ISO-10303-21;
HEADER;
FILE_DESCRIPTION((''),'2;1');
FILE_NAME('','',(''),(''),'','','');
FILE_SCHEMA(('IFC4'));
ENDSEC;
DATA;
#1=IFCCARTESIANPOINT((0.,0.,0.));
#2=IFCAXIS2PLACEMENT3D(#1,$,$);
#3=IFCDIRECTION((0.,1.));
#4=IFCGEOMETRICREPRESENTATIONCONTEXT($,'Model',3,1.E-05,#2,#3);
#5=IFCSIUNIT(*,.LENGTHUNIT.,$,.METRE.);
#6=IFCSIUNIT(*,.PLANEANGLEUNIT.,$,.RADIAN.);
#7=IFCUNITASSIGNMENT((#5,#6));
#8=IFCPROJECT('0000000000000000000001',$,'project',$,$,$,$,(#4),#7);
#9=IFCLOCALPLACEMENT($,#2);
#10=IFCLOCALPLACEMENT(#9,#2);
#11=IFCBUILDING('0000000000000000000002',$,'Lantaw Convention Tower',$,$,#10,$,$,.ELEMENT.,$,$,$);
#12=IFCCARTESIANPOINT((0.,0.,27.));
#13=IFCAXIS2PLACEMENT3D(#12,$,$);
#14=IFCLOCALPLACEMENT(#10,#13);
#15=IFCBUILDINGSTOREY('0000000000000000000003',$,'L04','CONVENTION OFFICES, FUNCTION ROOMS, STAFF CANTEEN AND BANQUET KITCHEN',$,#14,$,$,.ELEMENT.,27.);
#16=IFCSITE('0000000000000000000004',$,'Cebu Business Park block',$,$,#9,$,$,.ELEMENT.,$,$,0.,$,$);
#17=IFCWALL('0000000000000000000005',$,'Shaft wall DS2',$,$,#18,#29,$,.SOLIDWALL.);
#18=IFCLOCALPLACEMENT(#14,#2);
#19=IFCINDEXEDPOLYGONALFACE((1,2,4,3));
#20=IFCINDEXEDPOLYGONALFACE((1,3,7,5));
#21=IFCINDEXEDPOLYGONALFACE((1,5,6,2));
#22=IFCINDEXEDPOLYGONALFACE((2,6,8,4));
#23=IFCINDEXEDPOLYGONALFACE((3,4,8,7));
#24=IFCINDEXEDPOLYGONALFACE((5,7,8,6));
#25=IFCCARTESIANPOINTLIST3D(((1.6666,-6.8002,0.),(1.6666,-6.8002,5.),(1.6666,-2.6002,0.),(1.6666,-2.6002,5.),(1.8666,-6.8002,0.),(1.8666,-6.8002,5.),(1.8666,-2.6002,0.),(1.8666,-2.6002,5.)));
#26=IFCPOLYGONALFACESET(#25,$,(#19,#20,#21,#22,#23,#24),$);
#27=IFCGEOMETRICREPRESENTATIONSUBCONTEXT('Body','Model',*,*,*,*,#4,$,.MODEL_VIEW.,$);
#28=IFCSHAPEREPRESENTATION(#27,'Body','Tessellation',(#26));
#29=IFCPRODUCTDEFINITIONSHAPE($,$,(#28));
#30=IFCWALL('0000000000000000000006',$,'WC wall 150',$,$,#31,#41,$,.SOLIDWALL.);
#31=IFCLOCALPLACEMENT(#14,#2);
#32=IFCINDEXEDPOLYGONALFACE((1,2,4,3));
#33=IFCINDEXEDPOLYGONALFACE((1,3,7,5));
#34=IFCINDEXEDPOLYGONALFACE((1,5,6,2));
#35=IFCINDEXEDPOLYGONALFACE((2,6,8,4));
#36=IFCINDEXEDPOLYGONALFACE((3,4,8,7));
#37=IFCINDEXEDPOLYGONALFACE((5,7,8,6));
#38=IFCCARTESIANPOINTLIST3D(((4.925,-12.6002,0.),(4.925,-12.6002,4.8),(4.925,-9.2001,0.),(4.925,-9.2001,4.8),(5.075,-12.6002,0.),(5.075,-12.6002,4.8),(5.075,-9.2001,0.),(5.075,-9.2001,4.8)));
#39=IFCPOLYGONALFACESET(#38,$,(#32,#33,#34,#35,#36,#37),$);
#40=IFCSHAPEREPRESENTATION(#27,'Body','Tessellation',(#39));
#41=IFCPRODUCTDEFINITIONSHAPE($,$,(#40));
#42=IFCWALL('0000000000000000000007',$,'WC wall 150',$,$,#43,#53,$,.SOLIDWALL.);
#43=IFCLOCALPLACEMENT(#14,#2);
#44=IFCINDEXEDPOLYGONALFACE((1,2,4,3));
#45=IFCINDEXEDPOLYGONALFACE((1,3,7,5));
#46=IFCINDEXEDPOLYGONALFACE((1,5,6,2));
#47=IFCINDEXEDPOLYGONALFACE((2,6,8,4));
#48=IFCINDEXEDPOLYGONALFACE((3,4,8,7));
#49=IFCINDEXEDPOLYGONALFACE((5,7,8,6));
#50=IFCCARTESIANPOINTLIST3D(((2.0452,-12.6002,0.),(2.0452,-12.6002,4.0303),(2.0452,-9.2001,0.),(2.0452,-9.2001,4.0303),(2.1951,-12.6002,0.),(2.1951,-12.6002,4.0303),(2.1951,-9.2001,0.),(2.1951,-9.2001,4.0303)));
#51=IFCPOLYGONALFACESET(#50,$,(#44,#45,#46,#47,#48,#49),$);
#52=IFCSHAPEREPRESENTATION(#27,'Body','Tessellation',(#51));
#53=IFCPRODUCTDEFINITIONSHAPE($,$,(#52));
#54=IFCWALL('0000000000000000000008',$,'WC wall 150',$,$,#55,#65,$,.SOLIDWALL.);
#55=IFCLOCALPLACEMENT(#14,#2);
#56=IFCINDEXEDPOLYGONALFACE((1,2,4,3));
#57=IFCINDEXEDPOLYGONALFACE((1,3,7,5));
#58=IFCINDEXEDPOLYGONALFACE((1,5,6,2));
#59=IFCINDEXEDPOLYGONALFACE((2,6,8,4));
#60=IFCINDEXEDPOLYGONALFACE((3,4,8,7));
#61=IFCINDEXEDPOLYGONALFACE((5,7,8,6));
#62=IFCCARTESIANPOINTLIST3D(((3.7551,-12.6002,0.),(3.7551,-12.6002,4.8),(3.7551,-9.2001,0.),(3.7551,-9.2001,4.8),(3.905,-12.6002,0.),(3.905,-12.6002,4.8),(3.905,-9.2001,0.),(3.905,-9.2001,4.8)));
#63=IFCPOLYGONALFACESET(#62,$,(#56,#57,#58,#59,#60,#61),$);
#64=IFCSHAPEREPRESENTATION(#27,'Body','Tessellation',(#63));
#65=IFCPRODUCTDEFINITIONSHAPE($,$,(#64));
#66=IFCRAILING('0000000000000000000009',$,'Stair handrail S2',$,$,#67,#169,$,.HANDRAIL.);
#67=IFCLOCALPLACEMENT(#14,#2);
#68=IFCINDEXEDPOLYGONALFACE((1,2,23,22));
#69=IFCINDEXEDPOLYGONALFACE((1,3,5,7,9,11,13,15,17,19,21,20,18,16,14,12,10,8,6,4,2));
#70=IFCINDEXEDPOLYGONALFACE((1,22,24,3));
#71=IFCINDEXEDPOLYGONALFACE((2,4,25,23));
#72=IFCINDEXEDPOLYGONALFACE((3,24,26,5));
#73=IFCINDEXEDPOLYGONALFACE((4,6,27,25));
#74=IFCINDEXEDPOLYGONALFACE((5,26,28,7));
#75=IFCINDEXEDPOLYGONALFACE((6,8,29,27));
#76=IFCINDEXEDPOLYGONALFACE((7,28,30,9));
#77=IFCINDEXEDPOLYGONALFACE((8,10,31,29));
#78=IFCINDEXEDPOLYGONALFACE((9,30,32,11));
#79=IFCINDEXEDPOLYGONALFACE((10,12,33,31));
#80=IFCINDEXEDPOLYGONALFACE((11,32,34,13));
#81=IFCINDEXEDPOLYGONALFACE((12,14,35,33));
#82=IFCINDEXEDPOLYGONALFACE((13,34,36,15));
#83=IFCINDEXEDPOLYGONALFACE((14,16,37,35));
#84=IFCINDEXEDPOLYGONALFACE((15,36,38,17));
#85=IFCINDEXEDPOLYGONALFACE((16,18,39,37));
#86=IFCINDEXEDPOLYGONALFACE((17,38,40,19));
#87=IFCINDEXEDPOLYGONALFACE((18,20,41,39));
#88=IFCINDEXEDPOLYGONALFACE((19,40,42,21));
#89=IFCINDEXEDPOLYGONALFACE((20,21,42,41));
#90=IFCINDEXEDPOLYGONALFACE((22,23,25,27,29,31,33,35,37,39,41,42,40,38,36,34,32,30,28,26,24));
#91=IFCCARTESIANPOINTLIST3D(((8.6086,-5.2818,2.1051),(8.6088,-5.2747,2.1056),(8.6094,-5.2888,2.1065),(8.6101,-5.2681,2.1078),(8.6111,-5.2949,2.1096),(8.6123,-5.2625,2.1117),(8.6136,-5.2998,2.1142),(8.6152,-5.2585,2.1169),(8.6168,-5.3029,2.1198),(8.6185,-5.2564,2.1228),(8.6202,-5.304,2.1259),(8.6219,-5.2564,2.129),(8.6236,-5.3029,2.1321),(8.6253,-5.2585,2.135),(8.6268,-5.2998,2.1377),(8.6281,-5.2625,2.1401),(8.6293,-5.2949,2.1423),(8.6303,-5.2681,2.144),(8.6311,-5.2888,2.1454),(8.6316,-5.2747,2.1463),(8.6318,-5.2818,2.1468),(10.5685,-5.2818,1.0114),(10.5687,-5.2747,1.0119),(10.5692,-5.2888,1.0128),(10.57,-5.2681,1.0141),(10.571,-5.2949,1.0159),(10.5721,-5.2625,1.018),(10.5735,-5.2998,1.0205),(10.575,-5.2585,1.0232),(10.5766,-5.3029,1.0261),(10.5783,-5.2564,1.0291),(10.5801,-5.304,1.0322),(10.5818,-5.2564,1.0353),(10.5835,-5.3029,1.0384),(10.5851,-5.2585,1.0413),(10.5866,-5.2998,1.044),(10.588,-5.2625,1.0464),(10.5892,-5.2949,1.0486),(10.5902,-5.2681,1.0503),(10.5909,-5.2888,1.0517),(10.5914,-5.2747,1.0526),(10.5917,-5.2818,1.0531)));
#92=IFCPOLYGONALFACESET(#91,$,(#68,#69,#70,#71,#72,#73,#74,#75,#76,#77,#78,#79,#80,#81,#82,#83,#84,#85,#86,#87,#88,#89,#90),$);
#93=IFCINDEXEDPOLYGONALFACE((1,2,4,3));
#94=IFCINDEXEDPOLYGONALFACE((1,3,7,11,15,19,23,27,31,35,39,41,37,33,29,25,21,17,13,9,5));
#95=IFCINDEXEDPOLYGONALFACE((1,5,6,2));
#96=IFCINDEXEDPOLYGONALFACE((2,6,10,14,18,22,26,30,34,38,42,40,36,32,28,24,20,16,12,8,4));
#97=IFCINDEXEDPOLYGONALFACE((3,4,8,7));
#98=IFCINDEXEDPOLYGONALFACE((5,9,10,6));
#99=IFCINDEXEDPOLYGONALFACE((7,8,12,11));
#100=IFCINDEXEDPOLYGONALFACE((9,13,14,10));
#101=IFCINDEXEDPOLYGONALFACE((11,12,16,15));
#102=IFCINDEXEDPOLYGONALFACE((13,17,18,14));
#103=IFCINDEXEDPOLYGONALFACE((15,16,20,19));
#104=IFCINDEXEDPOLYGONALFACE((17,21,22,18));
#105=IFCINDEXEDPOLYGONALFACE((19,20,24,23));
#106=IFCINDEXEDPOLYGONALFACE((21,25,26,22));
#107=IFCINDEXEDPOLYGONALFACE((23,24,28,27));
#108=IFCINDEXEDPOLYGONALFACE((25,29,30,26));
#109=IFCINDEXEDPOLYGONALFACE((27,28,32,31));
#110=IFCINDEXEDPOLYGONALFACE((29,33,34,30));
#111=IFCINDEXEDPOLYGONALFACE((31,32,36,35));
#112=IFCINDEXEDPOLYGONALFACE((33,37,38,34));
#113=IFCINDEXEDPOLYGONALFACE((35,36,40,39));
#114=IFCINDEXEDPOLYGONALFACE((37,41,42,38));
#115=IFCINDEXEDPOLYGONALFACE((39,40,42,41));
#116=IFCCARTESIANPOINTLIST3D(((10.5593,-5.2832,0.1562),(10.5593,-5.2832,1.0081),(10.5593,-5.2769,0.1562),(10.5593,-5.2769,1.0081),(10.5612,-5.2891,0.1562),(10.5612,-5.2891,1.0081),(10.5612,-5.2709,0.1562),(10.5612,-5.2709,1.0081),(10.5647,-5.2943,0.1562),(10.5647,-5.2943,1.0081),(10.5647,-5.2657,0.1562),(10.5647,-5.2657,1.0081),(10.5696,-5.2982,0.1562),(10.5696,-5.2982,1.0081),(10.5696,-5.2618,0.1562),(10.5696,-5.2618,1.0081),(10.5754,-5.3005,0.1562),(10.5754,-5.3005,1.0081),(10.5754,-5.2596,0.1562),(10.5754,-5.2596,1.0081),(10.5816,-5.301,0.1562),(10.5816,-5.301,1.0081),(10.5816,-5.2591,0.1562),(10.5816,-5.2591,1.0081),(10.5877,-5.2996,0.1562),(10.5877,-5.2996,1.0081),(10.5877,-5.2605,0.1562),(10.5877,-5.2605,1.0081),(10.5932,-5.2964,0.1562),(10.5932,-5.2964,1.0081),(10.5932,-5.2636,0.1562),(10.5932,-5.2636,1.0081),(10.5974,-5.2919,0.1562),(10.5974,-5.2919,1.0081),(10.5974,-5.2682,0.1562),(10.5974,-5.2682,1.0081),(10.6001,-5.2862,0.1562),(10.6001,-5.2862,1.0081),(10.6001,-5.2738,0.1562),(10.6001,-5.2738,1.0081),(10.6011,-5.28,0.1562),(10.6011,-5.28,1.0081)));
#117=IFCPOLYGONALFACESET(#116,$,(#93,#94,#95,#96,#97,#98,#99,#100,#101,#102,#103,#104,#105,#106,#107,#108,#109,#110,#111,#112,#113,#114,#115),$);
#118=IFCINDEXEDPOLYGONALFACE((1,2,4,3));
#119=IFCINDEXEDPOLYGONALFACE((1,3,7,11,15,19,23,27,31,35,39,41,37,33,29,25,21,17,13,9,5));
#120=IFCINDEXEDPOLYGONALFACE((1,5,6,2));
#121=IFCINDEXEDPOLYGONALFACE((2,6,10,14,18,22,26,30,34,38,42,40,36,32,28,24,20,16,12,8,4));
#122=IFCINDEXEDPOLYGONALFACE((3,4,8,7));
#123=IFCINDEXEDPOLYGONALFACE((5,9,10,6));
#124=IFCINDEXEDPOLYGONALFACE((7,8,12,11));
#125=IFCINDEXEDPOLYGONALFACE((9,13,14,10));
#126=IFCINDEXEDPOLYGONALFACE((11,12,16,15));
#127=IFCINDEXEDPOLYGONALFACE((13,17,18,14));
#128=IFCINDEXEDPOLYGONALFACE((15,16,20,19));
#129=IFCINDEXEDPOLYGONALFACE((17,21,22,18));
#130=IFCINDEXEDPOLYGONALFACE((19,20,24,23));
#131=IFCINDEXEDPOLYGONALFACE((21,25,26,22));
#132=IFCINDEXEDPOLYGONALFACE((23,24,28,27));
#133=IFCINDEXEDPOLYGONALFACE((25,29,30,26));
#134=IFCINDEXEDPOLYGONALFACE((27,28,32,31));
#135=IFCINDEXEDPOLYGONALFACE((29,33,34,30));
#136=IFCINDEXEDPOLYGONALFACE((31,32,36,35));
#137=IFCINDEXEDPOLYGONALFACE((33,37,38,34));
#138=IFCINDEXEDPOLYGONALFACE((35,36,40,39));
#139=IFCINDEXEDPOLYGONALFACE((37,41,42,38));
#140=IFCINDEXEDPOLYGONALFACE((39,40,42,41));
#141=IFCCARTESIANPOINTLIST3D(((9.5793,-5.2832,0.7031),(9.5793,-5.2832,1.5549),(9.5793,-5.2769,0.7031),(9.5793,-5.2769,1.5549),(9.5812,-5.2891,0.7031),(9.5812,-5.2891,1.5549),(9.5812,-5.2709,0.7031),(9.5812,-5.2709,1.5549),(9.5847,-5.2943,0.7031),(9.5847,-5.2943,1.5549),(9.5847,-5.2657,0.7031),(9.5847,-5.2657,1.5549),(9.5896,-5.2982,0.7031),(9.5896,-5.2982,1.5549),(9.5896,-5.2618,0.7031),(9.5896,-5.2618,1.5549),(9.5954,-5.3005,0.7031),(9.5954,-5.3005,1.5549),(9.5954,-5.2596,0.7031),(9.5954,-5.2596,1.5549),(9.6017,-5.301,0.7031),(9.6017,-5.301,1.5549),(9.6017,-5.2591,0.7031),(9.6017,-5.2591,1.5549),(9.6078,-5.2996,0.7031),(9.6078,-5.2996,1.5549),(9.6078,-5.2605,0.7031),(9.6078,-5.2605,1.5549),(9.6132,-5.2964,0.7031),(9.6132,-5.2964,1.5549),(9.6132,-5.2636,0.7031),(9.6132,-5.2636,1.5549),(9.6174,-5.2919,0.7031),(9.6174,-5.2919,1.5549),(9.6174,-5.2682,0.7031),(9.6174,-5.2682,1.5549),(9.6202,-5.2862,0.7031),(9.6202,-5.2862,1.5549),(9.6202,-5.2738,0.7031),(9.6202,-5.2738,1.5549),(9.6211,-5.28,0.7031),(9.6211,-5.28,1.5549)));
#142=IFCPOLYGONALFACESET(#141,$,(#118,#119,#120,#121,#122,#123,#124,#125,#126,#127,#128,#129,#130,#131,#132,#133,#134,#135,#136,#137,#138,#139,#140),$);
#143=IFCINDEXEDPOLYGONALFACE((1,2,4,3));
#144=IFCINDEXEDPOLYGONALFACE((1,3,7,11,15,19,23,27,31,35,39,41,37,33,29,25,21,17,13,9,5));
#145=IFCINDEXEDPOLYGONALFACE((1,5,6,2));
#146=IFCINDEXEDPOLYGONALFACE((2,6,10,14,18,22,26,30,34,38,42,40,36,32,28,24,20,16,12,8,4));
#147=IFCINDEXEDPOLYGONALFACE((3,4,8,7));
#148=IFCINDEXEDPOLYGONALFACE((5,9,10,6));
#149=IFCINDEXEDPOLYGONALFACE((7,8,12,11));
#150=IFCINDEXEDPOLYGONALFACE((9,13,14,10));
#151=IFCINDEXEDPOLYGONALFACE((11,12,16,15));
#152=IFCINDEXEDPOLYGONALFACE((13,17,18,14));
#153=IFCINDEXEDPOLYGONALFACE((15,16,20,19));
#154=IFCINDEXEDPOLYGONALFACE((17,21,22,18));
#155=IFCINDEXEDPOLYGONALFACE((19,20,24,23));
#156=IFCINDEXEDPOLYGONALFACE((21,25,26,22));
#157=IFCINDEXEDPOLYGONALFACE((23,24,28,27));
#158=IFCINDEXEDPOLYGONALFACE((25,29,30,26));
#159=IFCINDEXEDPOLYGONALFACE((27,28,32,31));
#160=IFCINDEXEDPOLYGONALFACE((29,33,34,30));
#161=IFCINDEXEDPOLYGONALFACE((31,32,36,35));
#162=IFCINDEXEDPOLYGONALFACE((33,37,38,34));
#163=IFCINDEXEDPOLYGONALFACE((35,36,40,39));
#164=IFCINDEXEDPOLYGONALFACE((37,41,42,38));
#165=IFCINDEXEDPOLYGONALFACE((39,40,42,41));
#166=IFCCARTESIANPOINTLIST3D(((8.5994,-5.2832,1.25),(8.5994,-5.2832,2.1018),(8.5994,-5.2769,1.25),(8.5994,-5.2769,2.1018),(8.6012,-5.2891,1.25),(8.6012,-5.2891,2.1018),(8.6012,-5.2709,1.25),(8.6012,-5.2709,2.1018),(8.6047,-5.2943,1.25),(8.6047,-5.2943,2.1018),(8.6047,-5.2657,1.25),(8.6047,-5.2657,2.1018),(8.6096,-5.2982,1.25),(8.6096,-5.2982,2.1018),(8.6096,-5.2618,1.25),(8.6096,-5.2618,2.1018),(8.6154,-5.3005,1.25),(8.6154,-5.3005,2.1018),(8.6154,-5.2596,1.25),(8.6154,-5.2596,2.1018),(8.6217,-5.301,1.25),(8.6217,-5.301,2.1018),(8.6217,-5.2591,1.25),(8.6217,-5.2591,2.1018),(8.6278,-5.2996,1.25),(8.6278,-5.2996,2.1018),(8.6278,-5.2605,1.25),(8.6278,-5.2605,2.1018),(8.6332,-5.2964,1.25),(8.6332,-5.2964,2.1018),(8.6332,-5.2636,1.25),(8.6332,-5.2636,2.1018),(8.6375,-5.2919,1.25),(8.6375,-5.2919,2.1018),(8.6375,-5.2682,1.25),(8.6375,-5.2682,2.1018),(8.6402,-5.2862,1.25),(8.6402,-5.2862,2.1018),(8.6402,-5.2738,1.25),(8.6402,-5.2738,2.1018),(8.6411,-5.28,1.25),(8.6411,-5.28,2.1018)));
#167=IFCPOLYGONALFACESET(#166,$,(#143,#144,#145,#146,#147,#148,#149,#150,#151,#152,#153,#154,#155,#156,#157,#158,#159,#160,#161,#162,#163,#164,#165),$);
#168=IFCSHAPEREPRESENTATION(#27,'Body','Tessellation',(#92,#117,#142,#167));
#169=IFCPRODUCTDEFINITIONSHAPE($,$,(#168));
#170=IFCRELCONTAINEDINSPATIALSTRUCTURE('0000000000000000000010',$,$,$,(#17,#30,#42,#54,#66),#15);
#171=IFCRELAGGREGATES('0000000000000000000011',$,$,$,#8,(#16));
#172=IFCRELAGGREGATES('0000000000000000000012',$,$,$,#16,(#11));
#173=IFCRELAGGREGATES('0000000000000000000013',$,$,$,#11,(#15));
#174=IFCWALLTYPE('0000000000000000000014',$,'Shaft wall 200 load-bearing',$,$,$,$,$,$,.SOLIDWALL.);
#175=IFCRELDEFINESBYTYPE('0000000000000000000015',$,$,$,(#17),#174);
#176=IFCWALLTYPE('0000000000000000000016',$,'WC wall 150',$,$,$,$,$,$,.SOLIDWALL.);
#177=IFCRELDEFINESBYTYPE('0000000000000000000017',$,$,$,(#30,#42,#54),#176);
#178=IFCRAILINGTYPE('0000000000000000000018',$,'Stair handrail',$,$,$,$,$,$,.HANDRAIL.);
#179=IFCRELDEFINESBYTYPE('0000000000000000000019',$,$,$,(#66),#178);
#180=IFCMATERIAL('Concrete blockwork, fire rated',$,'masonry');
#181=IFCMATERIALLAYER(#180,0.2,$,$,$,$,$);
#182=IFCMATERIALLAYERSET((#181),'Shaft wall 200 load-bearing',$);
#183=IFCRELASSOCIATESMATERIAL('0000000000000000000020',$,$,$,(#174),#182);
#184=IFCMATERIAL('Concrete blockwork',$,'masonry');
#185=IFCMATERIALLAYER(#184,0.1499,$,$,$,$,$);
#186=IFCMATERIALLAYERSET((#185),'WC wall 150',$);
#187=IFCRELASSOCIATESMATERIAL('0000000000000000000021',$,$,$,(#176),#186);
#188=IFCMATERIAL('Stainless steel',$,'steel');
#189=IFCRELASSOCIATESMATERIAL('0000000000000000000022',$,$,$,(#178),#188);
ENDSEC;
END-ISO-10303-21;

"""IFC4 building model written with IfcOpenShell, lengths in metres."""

from ifc_helpers import new_model, si_unit, direction, frame, frame_2d, origin, origin_2d, place, context, subcontext, project, spatial, rectangle, circle, extrude, material, layer, layer_set, type_object, element, save


model = new_model("IFC4")

# Units and contexts
model_context = context("Model", 3, precision=1e-05, world=origin(), true_north=direction((0.0, 1.0)))
body_context = subcontext(model_context, "Body", "Model", "MODEL_VIEW")
ifc_project = project(units=[si_unit("LENGTHUNIT", "METRE"), si_unit("PLANEANGLEUNIT", "RADIAN")], contexts=[model_context])

# Site, building, storey
site_placement = place(None, origin())
site = spatial("IfcSite", under=ifc_project, at=site_placement, Name="Cebu Business Park block", CompositionType="ELEMENT", RefElevation=0.0)
building_placement = place(site_placement, origin())
building = spatial("IfcBuilding", under=site, at=building_placement, Name="Lantaw Convention Tower", CompositionType="ELEMENT")
storey_placement = place(building_placement, frame((0.0, 0.0, 27.0)))
storey = spatial("IfcBuildingStorey", under=building, at=storey_placement, Name="L04", Description="CONVENTION OFFICES, FUNCTION ROOMS, STAFF CANTEEN AND BANQUET KITCHEN", CompositionType="ELEMENT", Elevation=27.0)

# Walls
ifc_material_1 = material(Name="Concrete blockwork, fire rated", Category="masonry")
ifc_layer_1 = layer(ifc_material_1, 0.2)
ifc_layer_set_1 = layer_set([ifc_layer_1], Name="Shaft wall 200 load-bearing")
wall_type_1 = type_object("IfcWallType", Name="Shaft wall 200 load-bearing", PredefinedType="SOLIDWALL", material=ifc_layer_set_1)
wall_1_placement = place(storey_placement, frame((1.7666, -2.6001, 0.0), z_axis=(0.0, 0.0, 1.0), x_axis=(0.0, -1.0, 0.0)))
element("IfcWall", 1, at=wall_1_placement, inside=storey, type_object=wall_type_1, Name="Shaft wall DS2", PredefinedType="SOLIDWALL", context=body_context, shape_type="SweptSolid", body=[
    extrude(rectangle(XDim=4.2, YDim=0.2, at=frame_2d((2.1001, 0.0))), origin(), (0.0, 0.0, 1.0), 5.0),
])
ifc_material_2 = material(Name="Concrete blockwork", Category="masonry")
ifc_layer_2 = layer(ifc_material_2, 0.1499)
ifc_layer_set_2 = layer_set([ifc_layer_2], Name="WC wall 150")
wall_type_2 = type_object("IfcWallType", Name="WC wall 150", PredefinedType="SOLIDWALL", material=ifc_layer_set_2)
wall_2_placement = place(storey_placement, frame((5.0, -9.2, 0.0), z_axis=(0.0, 0.0, 1.0), x_axis=(0.0, -1.0, 0.0)))
element("IfcWall", 2, at=wall_2_placement, inside=storey, type_object=wall_type_2, Name="WC wall 150", PredefinedType="SOLIDWALL", context=body_context, shape_type="SweptSolid", body=[
    extrude(rectangle(XDim=3.4001, YDim=0.1499, at=frame_2d((1.7002, 0.0))), origin(), (0.0, 0.0, 1.0), 4.8),
])
wall_3_placement = place(storey_placement, frame((2.1201, -9.2, 0.0), z_axis=(0.0, 0.0, 1.0), x_axis=(0.0, -1.0, 0.0)))
element("IfcWall", 3, at=wall_3_placement, inside=storey, type_object=wall_type_2, Name="WC wall 150", PredefinedType="SOLIDWALL", context=body_context, shape_type="SweptSolid", body=[
    extrude(rectangle(XDim=3.4001, YDim=0.1499, at=frame_2d((1.7002, 0.0))), origin(), (0.0, 0.0, 1.0), 4.0303),
])
wall_4_placement = place(storey_placement, frame((3.8301, -9.2, 0.0), z_axis=(0.0, 0.0, 1.0), x_axis=(0.0, -1.0, 0.0)))
element("IfcWall", 4, at=wall_4_placement, inside=storey, type_object=wall_type_2, Name="WC wall 150", PredefinedType="SOLIDWALL", context=body_context, shape_type="SweptSolid", body=[
    extrude(rectangle(XDim=3.4001, YDim=0.1499, at=frame_2d((1.7002, 0.0))), origin(), (0.0, 0.0, 1.0), 4.8),
])

# Railing
ifc_material_3 = material(Name="Stainless steel", Category="steel")
railing_type = type_object("IfcRailingType", Name="Stair handrail", PredefinedType="HANDRAIL", material=ifc_material_3)
railing_1_placement = place(storey_placement, frame((10.5801, -5.28, 0.1562)))
element("IfcRailing", 5, at=railing_1_placement, inside=storey, type_object=railing_type, Name="Stair handrail S2", PredefinedType="HANDRAIL", context=body_context, shape_type="SweptSolid", body=[
    extrude(circle(Radius=0.0239, at=origin_2d()), frame((0.0, 0.0, 0.876), z_axis=(-0.873232, 0.0, 0.487304), x_axis=(0.0, -1.0, 0.0)), (0.0, 0.0, 1.0), 2.2444),
    extrude(circle(Radius=0.021, at=origin_2d()), origin(), (0.0, 0.0, 1.0), 0.8518),
    extrude(circle(Radius=0.021, at=origin_2d()), frame((-0.98, 0.0, 0.5469)), (0.0, 0.0, 1.0), 0.8518),
    extrude(circle(Radius=0.021, at=origin_2d()), frame((-1.96, 0.0, 1.0938)), (0.0, 0.0, 1.0), 0.8518),
])

save(model, "model.ifc")
